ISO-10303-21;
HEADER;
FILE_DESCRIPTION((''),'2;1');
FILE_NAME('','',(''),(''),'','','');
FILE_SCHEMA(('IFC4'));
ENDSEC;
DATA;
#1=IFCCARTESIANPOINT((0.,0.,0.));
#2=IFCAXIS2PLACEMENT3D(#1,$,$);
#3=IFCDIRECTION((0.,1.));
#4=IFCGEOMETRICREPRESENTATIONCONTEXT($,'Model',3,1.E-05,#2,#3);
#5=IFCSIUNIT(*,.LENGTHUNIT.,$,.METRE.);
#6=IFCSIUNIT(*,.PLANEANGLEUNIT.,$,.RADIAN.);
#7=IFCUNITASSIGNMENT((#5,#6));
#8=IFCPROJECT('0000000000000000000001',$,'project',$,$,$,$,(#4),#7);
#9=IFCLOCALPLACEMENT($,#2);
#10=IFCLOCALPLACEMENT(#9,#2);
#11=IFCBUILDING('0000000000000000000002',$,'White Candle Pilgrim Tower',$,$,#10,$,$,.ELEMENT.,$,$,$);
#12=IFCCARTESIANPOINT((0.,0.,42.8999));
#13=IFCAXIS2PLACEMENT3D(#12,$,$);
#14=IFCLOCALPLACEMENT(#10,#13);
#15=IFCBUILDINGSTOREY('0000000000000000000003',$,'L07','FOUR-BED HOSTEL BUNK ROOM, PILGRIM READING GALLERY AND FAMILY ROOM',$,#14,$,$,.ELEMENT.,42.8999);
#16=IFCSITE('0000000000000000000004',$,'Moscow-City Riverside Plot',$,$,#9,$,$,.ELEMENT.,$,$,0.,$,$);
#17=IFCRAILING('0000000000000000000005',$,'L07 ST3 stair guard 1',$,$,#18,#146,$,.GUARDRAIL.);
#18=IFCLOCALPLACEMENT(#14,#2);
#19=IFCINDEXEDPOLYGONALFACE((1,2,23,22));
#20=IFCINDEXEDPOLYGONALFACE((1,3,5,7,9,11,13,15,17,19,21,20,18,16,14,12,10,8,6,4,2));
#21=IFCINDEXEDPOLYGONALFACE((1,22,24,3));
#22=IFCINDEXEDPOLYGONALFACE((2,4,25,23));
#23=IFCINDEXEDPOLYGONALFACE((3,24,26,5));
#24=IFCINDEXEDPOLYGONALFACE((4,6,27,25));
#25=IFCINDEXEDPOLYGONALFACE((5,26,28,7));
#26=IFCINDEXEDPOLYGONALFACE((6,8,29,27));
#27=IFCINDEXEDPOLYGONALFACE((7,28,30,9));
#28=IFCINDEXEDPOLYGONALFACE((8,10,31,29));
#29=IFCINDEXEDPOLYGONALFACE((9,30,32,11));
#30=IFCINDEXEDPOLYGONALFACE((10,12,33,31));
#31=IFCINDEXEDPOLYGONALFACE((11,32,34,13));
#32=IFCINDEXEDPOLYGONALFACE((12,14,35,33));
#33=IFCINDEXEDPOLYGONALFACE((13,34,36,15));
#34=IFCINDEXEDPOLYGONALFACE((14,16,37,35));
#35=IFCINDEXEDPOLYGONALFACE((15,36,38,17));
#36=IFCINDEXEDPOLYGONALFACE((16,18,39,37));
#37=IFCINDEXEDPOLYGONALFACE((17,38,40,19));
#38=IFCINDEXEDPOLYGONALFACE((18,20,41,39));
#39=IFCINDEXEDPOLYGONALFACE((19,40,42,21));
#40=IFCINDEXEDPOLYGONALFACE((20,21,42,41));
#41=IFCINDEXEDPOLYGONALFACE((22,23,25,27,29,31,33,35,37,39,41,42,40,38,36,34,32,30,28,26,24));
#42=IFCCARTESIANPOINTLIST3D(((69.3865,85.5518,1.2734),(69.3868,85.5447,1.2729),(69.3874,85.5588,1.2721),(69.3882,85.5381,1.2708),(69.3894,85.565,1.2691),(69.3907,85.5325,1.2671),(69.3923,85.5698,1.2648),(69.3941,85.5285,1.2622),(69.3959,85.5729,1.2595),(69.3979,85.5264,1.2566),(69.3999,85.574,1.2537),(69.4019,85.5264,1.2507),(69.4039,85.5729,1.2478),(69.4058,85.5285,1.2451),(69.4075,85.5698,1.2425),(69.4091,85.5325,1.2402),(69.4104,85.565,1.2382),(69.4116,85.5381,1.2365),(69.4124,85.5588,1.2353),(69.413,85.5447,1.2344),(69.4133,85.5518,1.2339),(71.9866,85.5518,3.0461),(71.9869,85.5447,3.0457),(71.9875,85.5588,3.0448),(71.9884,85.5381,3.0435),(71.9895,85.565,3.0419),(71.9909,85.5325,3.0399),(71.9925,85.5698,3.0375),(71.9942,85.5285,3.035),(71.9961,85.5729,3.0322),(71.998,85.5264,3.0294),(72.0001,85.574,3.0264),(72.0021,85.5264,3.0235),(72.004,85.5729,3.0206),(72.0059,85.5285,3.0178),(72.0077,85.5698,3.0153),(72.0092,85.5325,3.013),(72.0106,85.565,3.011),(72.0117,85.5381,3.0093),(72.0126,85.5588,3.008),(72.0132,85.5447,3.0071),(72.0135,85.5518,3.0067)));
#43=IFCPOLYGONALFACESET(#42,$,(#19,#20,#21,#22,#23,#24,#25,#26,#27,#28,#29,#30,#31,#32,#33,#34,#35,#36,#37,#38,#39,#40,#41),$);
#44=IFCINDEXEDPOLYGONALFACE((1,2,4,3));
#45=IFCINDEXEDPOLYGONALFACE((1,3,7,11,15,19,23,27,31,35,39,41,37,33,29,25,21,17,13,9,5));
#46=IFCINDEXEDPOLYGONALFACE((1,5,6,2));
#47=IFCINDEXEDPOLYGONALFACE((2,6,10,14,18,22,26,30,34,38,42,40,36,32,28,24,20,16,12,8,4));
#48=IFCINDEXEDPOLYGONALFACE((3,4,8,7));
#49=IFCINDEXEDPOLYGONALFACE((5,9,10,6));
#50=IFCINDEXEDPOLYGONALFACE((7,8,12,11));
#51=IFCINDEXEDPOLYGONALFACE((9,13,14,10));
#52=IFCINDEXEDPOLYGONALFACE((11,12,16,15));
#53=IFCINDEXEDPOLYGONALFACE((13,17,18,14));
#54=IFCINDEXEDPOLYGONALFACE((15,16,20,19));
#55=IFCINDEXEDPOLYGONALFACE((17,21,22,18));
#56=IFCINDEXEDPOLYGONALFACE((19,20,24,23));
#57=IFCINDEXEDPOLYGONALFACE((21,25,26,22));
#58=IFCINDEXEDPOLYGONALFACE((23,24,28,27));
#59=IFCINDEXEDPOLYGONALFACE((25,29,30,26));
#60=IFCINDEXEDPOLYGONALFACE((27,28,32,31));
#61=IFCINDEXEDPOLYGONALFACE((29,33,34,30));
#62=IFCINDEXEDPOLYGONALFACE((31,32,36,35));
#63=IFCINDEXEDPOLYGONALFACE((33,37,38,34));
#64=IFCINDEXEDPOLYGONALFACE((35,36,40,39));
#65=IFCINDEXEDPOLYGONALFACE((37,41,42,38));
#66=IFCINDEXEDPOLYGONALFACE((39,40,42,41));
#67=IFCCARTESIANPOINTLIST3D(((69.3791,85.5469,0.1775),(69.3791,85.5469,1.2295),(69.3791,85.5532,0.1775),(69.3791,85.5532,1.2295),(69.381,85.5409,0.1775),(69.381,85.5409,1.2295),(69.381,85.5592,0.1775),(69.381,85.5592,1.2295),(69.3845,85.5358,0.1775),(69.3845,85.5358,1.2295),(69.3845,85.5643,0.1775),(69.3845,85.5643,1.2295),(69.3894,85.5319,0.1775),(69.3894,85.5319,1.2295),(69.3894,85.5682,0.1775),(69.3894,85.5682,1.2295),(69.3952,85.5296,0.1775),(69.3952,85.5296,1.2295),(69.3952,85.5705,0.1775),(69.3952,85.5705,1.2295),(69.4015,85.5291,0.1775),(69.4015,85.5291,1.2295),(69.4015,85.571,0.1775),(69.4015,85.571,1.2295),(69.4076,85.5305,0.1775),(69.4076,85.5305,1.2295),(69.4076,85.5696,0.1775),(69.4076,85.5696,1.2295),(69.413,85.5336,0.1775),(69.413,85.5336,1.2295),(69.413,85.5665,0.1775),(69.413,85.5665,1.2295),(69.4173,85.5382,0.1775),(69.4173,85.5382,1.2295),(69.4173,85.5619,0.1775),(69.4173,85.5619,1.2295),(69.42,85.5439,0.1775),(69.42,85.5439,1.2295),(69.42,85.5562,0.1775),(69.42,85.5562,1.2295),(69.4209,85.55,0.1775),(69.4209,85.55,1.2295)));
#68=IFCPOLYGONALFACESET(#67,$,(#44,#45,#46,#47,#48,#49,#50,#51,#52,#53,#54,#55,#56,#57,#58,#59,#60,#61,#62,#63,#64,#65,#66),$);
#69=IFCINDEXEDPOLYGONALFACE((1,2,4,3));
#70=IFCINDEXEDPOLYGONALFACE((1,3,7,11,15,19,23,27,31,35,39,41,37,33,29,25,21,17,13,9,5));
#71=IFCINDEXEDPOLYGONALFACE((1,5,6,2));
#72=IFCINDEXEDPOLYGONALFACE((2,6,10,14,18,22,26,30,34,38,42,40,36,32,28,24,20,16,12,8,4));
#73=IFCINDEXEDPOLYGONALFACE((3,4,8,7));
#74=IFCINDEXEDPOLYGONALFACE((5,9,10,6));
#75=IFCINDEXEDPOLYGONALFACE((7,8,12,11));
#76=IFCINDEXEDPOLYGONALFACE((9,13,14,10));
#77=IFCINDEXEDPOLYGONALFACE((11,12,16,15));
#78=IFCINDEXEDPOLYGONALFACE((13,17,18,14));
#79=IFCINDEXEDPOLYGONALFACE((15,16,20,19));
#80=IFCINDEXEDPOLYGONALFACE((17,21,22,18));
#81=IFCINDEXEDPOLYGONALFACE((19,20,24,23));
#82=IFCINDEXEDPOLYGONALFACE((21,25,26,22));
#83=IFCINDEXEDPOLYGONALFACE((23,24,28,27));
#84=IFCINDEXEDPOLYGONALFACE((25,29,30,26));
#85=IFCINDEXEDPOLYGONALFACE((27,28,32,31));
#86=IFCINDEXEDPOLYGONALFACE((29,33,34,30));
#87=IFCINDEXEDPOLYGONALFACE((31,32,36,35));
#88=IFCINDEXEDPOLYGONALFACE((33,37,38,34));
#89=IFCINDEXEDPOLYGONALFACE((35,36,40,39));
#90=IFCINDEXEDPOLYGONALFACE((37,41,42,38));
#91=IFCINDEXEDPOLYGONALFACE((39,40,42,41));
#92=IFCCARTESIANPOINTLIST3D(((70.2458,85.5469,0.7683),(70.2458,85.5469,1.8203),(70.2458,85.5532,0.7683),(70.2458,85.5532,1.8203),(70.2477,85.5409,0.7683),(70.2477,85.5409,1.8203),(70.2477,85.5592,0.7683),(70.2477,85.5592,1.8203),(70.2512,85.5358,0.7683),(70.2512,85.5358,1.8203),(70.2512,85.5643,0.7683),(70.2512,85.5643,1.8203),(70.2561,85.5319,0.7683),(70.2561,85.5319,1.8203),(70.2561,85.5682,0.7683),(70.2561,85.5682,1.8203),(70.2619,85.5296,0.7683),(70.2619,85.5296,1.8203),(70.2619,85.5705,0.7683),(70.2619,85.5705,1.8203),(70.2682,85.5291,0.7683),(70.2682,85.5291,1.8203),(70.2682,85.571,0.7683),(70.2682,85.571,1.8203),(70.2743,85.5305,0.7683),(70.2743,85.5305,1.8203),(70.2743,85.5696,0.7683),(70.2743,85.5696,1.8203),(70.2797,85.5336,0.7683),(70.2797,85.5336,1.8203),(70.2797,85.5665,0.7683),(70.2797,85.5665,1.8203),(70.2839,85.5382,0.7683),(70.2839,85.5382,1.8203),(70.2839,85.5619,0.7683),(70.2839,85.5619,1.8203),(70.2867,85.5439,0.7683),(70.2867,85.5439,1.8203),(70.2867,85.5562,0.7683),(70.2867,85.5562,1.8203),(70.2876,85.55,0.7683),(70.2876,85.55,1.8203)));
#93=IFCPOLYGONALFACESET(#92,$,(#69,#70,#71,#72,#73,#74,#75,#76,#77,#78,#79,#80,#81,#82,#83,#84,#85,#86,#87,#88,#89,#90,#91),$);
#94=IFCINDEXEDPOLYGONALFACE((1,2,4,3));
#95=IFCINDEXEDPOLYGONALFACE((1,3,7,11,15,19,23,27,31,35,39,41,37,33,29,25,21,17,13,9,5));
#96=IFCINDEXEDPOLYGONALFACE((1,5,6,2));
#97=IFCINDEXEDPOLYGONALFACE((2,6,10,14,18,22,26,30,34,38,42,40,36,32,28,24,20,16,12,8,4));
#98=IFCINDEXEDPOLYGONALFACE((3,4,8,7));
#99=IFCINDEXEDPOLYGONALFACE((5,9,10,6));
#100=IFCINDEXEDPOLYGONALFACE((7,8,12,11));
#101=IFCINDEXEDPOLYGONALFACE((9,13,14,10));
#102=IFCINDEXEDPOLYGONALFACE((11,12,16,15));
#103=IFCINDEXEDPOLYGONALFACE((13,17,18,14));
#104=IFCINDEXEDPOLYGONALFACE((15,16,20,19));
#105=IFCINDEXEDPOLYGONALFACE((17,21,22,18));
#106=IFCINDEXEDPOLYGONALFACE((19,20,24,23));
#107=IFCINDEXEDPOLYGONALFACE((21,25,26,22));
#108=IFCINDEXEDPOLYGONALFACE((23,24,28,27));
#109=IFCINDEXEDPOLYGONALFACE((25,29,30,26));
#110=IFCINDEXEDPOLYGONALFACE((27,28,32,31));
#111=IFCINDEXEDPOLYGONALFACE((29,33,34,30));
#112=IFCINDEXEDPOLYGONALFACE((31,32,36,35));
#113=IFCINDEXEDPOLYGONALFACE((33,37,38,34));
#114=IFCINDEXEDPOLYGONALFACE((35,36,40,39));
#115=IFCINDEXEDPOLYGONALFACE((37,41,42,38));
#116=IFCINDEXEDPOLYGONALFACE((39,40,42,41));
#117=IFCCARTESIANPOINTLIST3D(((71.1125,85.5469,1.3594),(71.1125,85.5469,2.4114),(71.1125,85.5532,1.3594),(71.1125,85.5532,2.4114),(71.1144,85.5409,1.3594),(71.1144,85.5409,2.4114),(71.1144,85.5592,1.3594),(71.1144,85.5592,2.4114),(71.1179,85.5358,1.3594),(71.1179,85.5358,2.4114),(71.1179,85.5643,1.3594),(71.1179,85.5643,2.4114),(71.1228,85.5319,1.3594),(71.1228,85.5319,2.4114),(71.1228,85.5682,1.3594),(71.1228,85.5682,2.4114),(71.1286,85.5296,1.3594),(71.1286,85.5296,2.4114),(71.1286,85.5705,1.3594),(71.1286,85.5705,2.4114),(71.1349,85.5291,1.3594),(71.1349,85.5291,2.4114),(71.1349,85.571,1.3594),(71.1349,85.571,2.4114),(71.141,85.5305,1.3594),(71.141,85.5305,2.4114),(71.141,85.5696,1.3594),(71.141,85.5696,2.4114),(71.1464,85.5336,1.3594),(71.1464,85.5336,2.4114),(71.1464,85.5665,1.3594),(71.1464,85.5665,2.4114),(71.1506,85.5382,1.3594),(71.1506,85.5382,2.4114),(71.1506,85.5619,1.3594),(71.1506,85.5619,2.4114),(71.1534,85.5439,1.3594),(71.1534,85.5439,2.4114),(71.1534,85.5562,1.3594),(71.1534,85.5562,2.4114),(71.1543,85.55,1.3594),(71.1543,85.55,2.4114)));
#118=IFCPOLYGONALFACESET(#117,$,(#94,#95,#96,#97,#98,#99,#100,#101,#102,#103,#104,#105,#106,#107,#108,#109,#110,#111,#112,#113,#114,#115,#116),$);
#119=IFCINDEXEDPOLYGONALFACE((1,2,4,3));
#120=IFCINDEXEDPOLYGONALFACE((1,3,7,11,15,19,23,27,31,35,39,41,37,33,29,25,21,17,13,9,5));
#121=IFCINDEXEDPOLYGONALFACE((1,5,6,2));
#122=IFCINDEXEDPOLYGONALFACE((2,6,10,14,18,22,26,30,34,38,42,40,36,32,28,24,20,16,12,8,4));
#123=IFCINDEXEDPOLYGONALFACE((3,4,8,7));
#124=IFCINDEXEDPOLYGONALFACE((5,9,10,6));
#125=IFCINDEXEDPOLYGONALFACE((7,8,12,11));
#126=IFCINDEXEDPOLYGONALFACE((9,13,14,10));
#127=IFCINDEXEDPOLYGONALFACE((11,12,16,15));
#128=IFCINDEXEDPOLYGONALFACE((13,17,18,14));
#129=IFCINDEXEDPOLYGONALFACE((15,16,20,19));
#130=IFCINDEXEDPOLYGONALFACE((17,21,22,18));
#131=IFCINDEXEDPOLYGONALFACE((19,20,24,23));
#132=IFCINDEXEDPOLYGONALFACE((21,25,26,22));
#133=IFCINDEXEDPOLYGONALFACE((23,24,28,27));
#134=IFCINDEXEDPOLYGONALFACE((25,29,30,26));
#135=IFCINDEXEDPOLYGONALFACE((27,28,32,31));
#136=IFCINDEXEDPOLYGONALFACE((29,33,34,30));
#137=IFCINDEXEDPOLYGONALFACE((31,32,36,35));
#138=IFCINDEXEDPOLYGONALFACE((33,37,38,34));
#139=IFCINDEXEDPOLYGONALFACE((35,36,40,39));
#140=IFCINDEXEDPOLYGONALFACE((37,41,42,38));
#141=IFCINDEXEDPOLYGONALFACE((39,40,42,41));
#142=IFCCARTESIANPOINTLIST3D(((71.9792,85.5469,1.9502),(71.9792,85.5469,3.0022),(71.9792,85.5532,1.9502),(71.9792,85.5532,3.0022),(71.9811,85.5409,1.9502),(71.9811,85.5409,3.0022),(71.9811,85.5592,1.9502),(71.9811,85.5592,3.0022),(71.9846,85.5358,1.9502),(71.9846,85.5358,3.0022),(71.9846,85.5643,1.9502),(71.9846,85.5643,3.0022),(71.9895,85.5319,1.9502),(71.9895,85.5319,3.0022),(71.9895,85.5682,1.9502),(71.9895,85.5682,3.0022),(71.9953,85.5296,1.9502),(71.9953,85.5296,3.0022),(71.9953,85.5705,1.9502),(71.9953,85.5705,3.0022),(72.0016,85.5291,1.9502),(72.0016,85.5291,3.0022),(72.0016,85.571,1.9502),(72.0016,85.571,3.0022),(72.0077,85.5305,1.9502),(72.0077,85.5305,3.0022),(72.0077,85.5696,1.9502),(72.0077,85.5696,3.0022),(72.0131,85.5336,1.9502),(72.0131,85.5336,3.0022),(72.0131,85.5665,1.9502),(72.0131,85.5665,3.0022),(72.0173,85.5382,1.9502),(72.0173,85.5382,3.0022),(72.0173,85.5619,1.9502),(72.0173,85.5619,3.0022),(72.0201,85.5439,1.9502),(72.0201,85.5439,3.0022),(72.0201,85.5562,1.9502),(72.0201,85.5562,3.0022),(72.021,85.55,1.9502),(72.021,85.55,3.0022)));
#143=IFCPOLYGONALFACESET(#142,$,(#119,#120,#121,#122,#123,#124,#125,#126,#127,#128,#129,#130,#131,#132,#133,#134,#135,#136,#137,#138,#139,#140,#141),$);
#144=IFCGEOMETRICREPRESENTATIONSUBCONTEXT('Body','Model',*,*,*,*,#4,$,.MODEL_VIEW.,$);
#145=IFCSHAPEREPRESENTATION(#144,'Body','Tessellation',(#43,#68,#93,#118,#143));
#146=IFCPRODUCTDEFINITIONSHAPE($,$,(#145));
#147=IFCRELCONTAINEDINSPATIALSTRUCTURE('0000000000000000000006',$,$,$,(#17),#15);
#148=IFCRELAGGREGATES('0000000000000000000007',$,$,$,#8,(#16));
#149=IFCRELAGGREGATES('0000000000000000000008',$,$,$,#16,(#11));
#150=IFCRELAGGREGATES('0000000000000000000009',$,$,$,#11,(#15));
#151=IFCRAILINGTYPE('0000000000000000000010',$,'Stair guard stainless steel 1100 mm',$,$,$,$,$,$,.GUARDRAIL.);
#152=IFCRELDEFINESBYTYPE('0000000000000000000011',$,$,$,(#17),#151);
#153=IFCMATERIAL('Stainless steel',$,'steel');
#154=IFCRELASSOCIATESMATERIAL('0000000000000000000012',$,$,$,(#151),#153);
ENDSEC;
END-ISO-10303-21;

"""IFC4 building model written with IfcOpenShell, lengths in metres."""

from ifc_helpers import new_model, si_unit, direction, frame, origin, origin_2d, place, context, subcontext, project, spatial, circle, extrude, material, type_object, element, save


model = new_model("IFC4")

# Units and contexts
model_context = context("Model", 3, precision=1e-05, world=origin(), true_north=direction((0.0, 1.0)))
body_context = subcontext(model_context, "Body", "Model", "MODEL_VIEW")
ifc_project = project(units=[si_unit("LENGTHUNIT", "METRE"), si_unit("PLANEANGLEUNIT", "RADIAN")], contexts=[model_context])

# Site, building, storey
site_placement = place(None, origin())
site = spatial("IfcSite", under=ifc_project, at=site_placement, Name="Moscow-City Riverside Plot", CompositionType="ELEMENT", RefElevation=0.0)
building_placement = place(site_placement, origin())
building = spatial("IfcBuilding", under=site, at=building_placement, Name="White Candle Pilgrim Tower", CompositionType="ELEMENT")
storey_placement = place(building_placement, frame((0.0, 0.0, 42.8999)))
storey = spatial("IfcBuildingStorey", under=building, at=storey_placement, Name="L07", Description="FOUR-BED HOSTEL BUNK ROOM, PILGRIM READING GALLERY AND FAMILY ROOM", CompositionType="ELEMENT", Elevation=42.8999)

# Railing
ifc_material_1 = material(Name="Stainless steel", Category="steel")
railing_type_1 = type_object("IfcRailingType", Name="Stair guard stainless steel 1100 mm", PredefinedType="GUARDRAIL", material=ifc_material_1)
railing_1_placement = place(storey_placement, frame((69.3999, 85.55, 0.1775)))
element("IfcRailing", 1, at=railing_1_placement, inside=storey, type_object=railing_type_1, Name="L07 ST3 stair guard 1", PredefinedType="GUARDRAIL", context=body_context, shape_type="SweptSolid", body=[
    extrude(circle(Radius=0.0239, at=origin_2d()), frame((0.0, 0.0, 1.0762), z_axis=(0.82624, 0.0, 0.563318), x_axis=(0.0, 1.0, 0.0)), (0.0, 0.0, 1.0), 3.147),
    extrude(circle(Radius=0.021, at=origin_2d()), origin(), (0.0, 0.0, 1.0), 1.052),
    extrude(circle(Radius=0.021, at=origin_2d()), frame((0.8667, 0.0, 0.5908)), (0.0, 0.0, 1.0), 1.052),
    extrude(circle(Radius=0.021, at=origin_2d()), frame((1.7334, 0.0, 1.1819)), (0.0, 0.0, 1.0), 1.052),
    extrude(circle(Radius=0.021, at=origin_2d()), frame((2.6001, 0.0, 1.7727)), (0.0, 0.0, 1.0), 1.052),
])

save(model, "model.ifc")
